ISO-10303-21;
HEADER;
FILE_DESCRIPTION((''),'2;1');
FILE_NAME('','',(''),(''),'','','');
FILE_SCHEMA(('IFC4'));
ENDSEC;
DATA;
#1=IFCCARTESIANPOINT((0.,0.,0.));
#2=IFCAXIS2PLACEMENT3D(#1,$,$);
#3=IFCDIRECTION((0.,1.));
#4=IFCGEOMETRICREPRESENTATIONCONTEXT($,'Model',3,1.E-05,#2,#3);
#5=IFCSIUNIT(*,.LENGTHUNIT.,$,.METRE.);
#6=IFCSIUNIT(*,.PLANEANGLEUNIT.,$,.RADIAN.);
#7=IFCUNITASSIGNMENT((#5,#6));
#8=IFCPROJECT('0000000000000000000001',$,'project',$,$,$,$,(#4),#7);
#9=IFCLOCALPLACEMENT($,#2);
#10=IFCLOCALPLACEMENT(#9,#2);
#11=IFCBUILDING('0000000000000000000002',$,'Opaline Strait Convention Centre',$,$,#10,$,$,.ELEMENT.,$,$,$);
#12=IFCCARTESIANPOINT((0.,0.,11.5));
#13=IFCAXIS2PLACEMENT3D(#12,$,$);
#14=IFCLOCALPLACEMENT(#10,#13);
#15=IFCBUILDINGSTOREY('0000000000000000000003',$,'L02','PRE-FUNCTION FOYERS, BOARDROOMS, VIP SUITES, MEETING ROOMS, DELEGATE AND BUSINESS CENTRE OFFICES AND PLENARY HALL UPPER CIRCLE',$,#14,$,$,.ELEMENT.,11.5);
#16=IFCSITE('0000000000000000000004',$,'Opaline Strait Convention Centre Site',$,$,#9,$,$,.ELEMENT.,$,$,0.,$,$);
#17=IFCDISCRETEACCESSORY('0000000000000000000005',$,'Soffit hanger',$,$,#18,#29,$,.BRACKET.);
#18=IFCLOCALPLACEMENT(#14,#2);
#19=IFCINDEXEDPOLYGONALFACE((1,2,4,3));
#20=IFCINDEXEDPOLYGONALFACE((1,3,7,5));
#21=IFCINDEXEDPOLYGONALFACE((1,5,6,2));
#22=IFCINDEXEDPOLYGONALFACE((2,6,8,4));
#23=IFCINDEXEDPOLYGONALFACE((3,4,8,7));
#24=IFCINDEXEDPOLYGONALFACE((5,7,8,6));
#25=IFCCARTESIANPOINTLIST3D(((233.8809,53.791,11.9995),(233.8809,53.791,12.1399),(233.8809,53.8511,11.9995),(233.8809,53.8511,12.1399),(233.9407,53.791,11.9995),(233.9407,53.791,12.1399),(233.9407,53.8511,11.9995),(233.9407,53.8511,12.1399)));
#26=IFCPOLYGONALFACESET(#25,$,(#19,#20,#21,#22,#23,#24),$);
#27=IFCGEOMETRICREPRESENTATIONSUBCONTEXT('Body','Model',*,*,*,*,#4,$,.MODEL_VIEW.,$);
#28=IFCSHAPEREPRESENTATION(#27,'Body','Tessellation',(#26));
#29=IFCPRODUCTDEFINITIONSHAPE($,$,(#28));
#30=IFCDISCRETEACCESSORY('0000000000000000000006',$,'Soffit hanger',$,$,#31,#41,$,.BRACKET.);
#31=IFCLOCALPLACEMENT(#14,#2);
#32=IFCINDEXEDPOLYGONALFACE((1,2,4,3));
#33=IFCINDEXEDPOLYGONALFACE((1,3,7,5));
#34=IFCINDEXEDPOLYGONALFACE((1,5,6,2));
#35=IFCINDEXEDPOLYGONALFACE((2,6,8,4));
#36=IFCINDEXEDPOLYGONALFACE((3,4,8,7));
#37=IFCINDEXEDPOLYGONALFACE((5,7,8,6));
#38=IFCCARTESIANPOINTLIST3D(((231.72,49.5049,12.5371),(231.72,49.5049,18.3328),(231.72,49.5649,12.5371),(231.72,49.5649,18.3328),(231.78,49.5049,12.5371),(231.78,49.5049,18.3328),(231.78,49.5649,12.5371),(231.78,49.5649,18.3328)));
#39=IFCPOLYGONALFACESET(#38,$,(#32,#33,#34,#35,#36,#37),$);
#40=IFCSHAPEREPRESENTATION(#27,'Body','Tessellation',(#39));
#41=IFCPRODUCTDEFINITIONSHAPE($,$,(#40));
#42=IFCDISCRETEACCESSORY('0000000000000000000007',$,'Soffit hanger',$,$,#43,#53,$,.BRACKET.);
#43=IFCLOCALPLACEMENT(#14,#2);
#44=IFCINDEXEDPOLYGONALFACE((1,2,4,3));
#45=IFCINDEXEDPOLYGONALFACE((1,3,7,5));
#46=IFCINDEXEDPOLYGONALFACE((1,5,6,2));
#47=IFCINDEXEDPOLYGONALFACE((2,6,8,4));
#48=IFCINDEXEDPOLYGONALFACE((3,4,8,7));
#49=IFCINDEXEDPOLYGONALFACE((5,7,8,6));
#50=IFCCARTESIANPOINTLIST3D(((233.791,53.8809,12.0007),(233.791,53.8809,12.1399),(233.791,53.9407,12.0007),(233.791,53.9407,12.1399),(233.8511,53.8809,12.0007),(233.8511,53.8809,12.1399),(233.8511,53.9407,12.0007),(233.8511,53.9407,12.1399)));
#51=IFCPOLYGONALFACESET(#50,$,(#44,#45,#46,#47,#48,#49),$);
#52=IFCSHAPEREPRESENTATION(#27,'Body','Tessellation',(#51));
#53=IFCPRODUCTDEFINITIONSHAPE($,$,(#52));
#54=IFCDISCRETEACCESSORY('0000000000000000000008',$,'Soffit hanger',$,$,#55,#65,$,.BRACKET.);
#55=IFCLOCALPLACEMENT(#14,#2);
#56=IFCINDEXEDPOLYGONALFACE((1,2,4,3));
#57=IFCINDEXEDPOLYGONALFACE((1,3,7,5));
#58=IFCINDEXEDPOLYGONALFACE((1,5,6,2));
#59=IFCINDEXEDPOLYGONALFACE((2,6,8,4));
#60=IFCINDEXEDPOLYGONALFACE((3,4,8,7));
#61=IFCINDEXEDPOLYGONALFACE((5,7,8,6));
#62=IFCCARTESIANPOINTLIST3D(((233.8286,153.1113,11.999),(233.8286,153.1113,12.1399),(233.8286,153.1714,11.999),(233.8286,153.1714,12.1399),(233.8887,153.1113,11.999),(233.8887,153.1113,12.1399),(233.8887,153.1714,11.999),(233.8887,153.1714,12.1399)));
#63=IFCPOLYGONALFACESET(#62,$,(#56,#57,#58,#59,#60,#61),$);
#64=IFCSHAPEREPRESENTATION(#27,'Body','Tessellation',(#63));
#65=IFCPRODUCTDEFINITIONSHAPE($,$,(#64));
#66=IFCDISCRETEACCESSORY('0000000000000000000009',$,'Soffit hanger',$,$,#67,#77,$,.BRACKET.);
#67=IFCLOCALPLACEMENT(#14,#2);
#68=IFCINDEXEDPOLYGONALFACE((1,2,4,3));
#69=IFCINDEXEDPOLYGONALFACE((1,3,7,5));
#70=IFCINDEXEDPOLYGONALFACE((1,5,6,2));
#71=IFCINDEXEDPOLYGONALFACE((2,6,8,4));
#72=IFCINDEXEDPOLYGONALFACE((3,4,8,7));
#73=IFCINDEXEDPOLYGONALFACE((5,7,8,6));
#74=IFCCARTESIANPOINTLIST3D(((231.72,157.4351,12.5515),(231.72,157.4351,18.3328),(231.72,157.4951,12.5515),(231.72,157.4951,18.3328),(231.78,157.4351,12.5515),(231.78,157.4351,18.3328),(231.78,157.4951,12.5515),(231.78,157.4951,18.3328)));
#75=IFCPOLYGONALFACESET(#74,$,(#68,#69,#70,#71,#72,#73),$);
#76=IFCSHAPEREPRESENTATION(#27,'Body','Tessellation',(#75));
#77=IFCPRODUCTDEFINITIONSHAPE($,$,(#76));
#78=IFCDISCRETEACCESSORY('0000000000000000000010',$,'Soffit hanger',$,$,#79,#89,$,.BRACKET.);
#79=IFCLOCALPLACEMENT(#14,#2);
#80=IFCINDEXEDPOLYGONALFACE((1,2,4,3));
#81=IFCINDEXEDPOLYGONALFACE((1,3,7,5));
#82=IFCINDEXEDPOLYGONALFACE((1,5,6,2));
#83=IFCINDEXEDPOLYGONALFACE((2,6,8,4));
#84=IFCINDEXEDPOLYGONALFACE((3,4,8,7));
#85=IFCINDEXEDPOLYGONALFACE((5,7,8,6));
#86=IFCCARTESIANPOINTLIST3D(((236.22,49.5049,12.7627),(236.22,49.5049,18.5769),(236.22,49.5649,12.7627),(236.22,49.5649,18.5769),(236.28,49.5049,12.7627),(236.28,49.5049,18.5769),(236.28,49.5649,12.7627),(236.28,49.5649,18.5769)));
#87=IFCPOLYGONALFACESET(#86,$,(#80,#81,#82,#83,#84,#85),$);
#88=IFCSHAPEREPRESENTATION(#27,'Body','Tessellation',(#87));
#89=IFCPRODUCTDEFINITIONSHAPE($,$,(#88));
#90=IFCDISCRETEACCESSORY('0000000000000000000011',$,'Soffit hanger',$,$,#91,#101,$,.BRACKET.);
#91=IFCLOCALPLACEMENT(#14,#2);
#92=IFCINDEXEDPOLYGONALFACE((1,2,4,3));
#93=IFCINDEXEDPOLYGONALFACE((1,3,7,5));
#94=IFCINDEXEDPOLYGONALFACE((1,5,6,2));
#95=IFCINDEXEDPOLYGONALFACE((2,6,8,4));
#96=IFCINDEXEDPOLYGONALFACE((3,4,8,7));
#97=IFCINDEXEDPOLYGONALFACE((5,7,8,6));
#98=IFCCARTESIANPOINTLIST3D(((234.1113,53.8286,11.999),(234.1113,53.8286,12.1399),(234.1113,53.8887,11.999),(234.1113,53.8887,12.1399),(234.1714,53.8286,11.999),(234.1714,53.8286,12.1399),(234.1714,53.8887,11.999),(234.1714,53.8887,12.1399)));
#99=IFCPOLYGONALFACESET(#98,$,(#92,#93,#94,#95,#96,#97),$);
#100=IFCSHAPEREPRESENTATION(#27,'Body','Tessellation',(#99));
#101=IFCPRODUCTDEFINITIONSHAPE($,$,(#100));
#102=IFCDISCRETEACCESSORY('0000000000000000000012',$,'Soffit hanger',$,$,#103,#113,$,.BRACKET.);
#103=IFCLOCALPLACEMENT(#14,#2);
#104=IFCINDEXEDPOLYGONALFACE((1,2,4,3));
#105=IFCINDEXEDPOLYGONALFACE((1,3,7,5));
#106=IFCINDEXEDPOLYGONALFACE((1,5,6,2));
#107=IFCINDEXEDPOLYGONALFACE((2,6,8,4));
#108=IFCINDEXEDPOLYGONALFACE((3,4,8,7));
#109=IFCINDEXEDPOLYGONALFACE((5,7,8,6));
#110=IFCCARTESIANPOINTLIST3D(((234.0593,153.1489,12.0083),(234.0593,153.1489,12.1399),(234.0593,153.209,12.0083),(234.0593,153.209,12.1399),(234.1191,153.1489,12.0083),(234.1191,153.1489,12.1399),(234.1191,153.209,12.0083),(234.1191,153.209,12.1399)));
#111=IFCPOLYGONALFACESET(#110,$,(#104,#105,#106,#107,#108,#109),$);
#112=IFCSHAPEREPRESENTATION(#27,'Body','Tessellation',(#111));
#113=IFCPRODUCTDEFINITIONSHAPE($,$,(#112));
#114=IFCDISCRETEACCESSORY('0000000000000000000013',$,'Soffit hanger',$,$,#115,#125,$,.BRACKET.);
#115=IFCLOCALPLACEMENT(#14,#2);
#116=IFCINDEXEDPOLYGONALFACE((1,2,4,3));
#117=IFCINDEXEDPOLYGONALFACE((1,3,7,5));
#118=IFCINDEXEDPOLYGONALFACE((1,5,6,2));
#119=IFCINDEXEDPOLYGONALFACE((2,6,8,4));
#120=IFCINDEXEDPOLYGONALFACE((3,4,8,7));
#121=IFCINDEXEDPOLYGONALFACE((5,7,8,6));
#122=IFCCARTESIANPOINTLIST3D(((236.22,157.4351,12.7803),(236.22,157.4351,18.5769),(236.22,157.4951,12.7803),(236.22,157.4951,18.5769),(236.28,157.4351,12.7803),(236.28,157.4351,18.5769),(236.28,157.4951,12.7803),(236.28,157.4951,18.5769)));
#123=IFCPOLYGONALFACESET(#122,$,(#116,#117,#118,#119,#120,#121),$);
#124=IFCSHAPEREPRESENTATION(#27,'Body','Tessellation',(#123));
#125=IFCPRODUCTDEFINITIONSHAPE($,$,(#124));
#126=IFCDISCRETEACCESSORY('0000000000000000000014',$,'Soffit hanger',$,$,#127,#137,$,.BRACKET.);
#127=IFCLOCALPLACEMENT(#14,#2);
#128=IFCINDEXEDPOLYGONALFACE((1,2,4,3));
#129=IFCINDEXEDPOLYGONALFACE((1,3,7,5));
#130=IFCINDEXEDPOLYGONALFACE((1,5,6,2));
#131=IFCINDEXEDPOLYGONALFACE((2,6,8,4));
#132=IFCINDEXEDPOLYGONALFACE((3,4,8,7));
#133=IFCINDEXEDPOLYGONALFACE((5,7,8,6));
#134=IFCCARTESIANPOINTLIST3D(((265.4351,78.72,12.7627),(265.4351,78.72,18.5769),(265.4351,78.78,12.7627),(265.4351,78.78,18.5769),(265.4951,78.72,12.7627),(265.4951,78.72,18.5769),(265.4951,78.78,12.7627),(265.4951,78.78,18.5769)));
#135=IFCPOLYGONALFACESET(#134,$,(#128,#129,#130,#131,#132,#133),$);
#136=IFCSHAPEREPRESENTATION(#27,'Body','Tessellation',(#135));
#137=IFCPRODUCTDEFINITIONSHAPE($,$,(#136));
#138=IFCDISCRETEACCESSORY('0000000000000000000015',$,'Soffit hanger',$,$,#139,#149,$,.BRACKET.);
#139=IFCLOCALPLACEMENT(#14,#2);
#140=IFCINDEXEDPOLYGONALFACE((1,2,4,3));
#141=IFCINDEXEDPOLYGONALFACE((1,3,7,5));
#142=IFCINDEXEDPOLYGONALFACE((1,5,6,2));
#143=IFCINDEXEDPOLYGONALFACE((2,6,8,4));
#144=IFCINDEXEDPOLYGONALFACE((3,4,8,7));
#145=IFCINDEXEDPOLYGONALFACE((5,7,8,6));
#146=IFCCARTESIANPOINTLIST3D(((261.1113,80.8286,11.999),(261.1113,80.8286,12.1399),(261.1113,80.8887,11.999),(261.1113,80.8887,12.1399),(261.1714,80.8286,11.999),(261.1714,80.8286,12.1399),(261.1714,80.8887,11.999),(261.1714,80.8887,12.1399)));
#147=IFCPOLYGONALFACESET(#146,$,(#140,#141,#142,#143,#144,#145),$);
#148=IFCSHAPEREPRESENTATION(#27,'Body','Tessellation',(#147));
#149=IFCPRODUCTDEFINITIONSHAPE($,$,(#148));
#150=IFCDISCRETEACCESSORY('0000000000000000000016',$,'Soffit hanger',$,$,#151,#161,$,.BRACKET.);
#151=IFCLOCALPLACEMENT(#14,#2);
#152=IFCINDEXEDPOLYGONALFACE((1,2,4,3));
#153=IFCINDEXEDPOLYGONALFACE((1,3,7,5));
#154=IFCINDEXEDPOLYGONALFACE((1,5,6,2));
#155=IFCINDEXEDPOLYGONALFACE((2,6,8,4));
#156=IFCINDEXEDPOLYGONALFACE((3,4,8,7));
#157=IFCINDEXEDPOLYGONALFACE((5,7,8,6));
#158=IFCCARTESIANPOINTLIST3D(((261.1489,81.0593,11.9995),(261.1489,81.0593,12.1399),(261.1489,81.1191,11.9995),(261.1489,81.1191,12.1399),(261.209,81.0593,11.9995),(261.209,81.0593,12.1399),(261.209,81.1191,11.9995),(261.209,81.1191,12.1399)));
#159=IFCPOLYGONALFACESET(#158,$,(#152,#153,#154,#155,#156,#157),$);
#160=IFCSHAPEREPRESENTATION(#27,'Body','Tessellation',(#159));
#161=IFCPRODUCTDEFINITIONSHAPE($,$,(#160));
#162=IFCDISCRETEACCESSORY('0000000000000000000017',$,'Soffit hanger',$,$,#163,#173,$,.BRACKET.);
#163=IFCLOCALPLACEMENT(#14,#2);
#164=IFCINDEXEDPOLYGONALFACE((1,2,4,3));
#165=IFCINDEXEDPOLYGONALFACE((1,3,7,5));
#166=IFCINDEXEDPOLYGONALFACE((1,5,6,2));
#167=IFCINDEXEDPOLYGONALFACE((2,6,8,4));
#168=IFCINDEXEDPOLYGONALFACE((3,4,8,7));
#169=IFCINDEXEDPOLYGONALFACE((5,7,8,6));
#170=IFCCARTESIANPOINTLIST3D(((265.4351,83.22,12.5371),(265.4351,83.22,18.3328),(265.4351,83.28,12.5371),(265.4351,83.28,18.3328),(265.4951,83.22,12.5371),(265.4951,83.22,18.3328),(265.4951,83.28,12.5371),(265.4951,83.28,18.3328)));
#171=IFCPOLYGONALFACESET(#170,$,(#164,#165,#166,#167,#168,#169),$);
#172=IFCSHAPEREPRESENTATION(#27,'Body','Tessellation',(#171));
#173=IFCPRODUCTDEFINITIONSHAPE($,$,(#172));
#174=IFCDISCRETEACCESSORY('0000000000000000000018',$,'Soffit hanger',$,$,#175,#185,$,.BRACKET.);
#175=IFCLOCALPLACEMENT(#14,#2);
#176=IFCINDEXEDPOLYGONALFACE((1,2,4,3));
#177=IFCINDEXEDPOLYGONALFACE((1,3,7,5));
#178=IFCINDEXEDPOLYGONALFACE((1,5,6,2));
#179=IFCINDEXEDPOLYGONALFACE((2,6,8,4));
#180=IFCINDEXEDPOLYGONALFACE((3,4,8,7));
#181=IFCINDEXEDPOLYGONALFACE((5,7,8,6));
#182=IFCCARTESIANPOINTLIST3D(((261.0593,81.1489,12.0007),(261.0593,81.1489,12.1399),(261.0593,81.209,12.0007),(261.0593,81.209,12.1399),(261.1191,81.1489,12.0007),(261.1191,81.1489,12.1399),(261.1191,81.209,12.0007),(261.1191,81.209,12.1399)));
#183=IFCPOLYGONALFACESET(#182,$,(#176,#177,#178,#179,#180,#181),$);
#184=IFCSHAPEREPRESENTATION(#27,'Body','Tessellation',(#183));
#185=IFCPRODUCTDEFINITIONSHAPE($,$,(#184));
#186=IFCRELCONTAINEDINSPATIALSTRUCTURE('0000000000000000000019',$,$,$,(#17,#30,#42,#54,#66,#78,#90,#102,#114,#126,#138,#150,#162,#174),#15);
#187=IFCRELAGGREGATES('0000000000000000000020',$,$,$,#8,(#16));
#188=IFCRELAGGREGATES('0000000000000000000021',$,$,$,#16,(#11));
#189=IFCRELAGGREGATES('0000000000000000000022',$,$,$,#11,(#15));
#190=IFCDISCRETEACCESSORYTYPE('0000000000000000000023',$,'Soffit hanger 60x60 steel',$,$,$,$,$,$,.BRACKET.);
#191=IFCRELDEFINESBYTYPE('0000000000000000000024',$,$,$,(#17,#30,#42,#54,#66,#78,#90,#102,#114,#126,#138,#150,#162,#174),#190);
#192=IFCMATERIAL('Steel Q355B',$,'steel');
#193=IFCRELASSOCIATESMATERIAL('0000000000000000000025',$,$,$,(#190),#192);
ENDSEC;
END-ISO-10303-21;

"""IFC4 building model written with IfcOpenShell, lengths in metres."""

from ifc_helpers import new_model, si_unit, direction, frame, origin, place, context, subcontext, project, spatial, polyline, outline, extrude, material, type_object, element, save


model = new_model("IFC4")

# Units and contexts
model_context = context("Model", 3, precision=1e-05, world=origin(), true_north=direction((0.0, 1.0)))
body_context = subcontext(model_context, "Body", "Model", "MODEL_VIEW")
ifc_project = project(units=[si_unit("LENGTHUNIT", "METRE"), si_unit("PLANEANGLEUNIT", "RADIAN")], contexts=[model_context])

# Site, building, storey
site_placement = place(None, origin())
site = spatial("IfcSite", under=ifc_project, at=site_placement, Name="Opaline Strait Convention Centre Site", CompositionType="ELEMENT", RefElevation=0.0)
building_placement = place(site_placement, origin())
building = spatial("IfcBuilding", under=site, at=building_placement, Name="Opaline Strait Convention Centre", CompositionType="ELEMENT")
storey_placement = place(building_placement, frame((0.0, 0.0, 11.5)))
storey = spatial("IfcBuildingStorey", under=building, at=storey_placement, Name="L02", Description="PRE-FUNCTION FOYERS, BOARDROOMS, VIP SUITES, MEETING ROOMS, DELEGATE AND BUSINESS CENTRE OFFICES AND PLENARY HALL UPPER CIRCLE", CompositionType="ELEMENT", Elevation=11.5)

# Discrete accessories
ifc_material = material(Name="Steel Q355B", Category="steel")
discrete_accessory_type = type_object("IfcDiscreteAccessoryType", Name="Soffit hanger 60x60 steel", PredefinedType="BRACKET", material=ifc_material)
discrete_accessory_1_placement = place(storey_placement, frame((0.0, 0.0, 11.9995)))
element("IfcDiscreteAccessory", 1, at=discrete_accessory_1_placement, inside=storey, type_object=discrete_accessory_type, Name="Soffit hanger", PredefinedType="BRACKET", context=body_context, shape_type="SweptSolid", body=[
    extrude(outline(polyline([(233.8809, 53.791), (233.9407, 53.791), (233.9407, 53.8511), (233.8809, 53.8511), (233.8809, 53.791)])), origin(), (0.0, 0.0, 1.0), 0.1404),
])
discrete_accessory_2_placement = place(storey_placement, frame((0.0, 0.0, 12.5371)))
element("IfcDiscreteAccessory", 2, at=discrete_accessory_2_placement, inside=storey, type_object=discrete_accessory_type, Name="Soffit hanger", PredefinedType="BRACKET", context=body_context, shape_type="SweptSolid", body=[
    extrude(outline(polyline([(231.72, 49.5049), (231.78, 49.5049), (231.78, 49.5649), (231.72, 49.5649), (231.72, 49.5049)])), origin(), (0.0, 0.0, 1.0), 5.7957),
])
discrete_accessory_3_placement = place(storey_placement, frame((0.0, 0.0, 12.0007)))
element("IfcDiscreteAccessory", 3, at=discrete_accessory_3_placement, inside=storey, type_object=discrete_accessory_type, Name="Soffit hanger", PredefinedType="BRACKET", context=body_context, shape_type="SweptSolid", body=[
    extrude(outline(polyline([(233.791, 53.8809), (233.8511, 53.8809), (233.8511, 53.9407), (233.791, 53.9407), (233.791, 53.8809)])), origin(), (0.0, 0.0, 1.0), 0.1392),
])
discrete_accessory_4_placement = place(storey_placement, frame((0.0, 0.0, 11.999)))
element("IfcDiscreteAccessory", 4, at=discrete_accessory_4_placement, inside=storey, type_object=discrete_accessory_type, Name="Soffit hanger", PredefinedType="BRACKET", context=body_context, shape_type="SweptSolid", body=[
    extrude(outline(polyline([(233.8286, 153.1113), (233.8887, 153.1113), (233.8887, 153.1714), (233.8286, 153.1714), (233.8286, 153.1113)])), origin(), (0.0, 0.0, 1.0), 0.1409),
])
discrete_accessory_5_placement = place(storey_placement, frame((0.0, 0.0, 12.5515)))
element("IfcDiscreteAccessory", 5, at=discrete_accessory_5_placement, inside=storey, type_object=discrete_accessory_type, Name="Soffit hanger", PredefinedType="BRACKET", context=body_context, shape_type="SweptSolid", body=[
    extrude(outline(polyline([(231.72, 157.4351), (231.78, 157.4351), (231.78, 157.4951), (231.72, 157.4951), (231.72, 157.4351)])), origin(), (0.0, 0.0, 1.0), 5.7812),
])
discrete_accessory_6_placement = place(storey_placement, frame((0.0, 0.0, 12.7627)))
element("IfcDiscreteAccessory", 6, at=discrete_accessory_6_placement, inside=storey, type_object=discrete_accessory_type, Name="Soffit hanger", PredefinedType="BRACKET", context=body_context, shape_type="SweptSolid", body=[
    extrude(outline(polyline([(236.22, 49.5049), (236.28, 49.5049), (236.28, 49.5649), (236.22, 49.5649), (236.22, 49.5049)])), origin(), (0.0, 0.0, 1.0), 5.8142),
])
discrete_accessory_7_placement = place(storey_placement, frame((0.0, 0.0, 11.999)))
element("IfcDiscreteAccessory", 7, at=discrete_accessory_7_placement, inside=storey, type_object=discrete_accessory_type, Name="Soffit hanger", PredefinedType="BRACKET", context=body_context, shape_type="SweptSolid", body=[
    extrude(outline(polyline([(234.1113, 53.8286), (234.1714, 53.8286), (234.1714, 53.8887), (234.1113, 53.8887), (234.1113, 53.8286)])), origin(), (0.0, 0.0, 1.0), 0.1409),
])
discrete_accessory_8_placement = place(storey_placement, frame((0.0, 0.0, 12.0083)))
element("IfcDiscreteAccessory", 8, at=discrete_accessory_8_placement, inside=storey, type_object=discrete_accessory_type, Name="Soffit hanger", PredefinedType="BRACKET", context=body_context, shape_type="SweptSolid", body=[
    extrude(outline(polyline([(234.0593, 153.1489), (234.1191, 153.1489), (234.1191, 153.209), (234.0593, 153.209), (234.0593, 153.1489)])), origin(), (0.0, 0.0, 1.0), 0.1316),
])
discrete_accessory_9_placement = place(storey_placement, frame((0.0, 0.0, 12.7803)))
element("IfcDiscreteAccessory", 9, at=discrete_accessory_9_placement, inside=storey, type_object=discrete_accessory_type, Name="Soffit hanger", PredefinedType="BRACKET", context=body_context, shape_type="SweptSolid", body=[
    extrude(outline(polyline([(236.22, 157.4351), (236.28, 157.4351), (236.28, 157.4951), (236.22, 157.4951), (236.22, 157.4351)])), origin(), (0.0, 0.0, 1.0), 5.7966),
])
discrete_accessory_10_placement = place(storey_placement, frame((0.0, 0.0, 12.7627)))
element("IfcDiscreteAccessory", 10, at=discrete_accessory_10_placement, inside=storey, type_object=discrete_accessory_type, Name="Soffit hanger", PredefinedType="BRACKET", context=body_context, shape_type="SweptSolid", body=[
    extrude(outline(polyline([(265.4351, 78.72), (265.4951, 78.72), (265.4951, 78.78), (265.4351, 78.78), (265.4351, 78.72)])), origin(), (0.0, 0.0, 1.0), 5.8142),
])
discrete_accessory_11_placement = place(storey_placement, frame((0.0, 0.0, 11.999)))
element("IfcDiscreteAccessory", 11, at=discrete_accessory_11_placement, inside=storey, type_object=discrete_accessory_type, Name="Soffit hanger", PredefinedType="BRACKET", context=body_context, shape_type="SweptSolid", body=[
    extrude(outline(polyline([(261.1113, 80.8286), (261.1714, 80.8286), (261.1714, 80.8887), (261.1113, 80.8887), (261.1113, 80.8286)])), origin(), (0.0, 0.0, 1.0), 0.1409),
])
discrete_accessory_12_placement = place(storey_placement, frame((0.0, 0.0, 11.9995)))
element("IfcDiscreteAccessory", 12, at=discrete_accessory_12_placement, inside=storey, type_object=discrete_accessory_type, Name="Soffit hanger", PredefinedType="BRACKET", context=body_context, shape_type="SweptSolid", body=[
    extrude(outline(polyline([(261.1489, 81.0593), (261.209, 81.0593), (261.209, 81.1191), (261.1489, 81.1191), (261.1489, 81.0593)])), origin(), (0.0, 0.0, 1.0), 0.1404),
])
discrete_accessory_13_placement = place(storey_placement, frame((0.0, 0.0, 12.5371)))
element("IfcDiscreteAccessory", 13, at=discrete_accessory_13_placement, inside=storey, type_object=discrete_accessory_type, Name="Soffit hanger", PredefinedType="BRACKET", context=body_context, shape_type="SweptSolid", body=[
    extrude(outline(polyline([(265.4351, 83.22), (265.4951, 83.22), (265.4951, 83.28), (265.4351, 83.28), (265.4351, 83.22)])), origin(), (0.0, 0.0, 1.0), 5.7957),
])
discrete_accessory_14_placement = place(storey_placement, frame((0.0, 0.0, 12.0007)))
element("IfcDiscreteAccessory", 14, at=discrete_accessory_14_placement, inside=storey, type_object=discrete_accessory_type, Name="Soffit hanger", PredefinedType="BRACKET", context=body_context, shape_type="SweptSolid", body=[
    extrude(outline(polyline([(261.0593, 81.1489), (261.1191, 81.1489), (261.1191, 81.209), (261.0593, 81.209), (261.0593, 81.1489)])), origin(), (0.0, 0.0, 1.0), 0.1392),
])

save(model, "model.ifc")
